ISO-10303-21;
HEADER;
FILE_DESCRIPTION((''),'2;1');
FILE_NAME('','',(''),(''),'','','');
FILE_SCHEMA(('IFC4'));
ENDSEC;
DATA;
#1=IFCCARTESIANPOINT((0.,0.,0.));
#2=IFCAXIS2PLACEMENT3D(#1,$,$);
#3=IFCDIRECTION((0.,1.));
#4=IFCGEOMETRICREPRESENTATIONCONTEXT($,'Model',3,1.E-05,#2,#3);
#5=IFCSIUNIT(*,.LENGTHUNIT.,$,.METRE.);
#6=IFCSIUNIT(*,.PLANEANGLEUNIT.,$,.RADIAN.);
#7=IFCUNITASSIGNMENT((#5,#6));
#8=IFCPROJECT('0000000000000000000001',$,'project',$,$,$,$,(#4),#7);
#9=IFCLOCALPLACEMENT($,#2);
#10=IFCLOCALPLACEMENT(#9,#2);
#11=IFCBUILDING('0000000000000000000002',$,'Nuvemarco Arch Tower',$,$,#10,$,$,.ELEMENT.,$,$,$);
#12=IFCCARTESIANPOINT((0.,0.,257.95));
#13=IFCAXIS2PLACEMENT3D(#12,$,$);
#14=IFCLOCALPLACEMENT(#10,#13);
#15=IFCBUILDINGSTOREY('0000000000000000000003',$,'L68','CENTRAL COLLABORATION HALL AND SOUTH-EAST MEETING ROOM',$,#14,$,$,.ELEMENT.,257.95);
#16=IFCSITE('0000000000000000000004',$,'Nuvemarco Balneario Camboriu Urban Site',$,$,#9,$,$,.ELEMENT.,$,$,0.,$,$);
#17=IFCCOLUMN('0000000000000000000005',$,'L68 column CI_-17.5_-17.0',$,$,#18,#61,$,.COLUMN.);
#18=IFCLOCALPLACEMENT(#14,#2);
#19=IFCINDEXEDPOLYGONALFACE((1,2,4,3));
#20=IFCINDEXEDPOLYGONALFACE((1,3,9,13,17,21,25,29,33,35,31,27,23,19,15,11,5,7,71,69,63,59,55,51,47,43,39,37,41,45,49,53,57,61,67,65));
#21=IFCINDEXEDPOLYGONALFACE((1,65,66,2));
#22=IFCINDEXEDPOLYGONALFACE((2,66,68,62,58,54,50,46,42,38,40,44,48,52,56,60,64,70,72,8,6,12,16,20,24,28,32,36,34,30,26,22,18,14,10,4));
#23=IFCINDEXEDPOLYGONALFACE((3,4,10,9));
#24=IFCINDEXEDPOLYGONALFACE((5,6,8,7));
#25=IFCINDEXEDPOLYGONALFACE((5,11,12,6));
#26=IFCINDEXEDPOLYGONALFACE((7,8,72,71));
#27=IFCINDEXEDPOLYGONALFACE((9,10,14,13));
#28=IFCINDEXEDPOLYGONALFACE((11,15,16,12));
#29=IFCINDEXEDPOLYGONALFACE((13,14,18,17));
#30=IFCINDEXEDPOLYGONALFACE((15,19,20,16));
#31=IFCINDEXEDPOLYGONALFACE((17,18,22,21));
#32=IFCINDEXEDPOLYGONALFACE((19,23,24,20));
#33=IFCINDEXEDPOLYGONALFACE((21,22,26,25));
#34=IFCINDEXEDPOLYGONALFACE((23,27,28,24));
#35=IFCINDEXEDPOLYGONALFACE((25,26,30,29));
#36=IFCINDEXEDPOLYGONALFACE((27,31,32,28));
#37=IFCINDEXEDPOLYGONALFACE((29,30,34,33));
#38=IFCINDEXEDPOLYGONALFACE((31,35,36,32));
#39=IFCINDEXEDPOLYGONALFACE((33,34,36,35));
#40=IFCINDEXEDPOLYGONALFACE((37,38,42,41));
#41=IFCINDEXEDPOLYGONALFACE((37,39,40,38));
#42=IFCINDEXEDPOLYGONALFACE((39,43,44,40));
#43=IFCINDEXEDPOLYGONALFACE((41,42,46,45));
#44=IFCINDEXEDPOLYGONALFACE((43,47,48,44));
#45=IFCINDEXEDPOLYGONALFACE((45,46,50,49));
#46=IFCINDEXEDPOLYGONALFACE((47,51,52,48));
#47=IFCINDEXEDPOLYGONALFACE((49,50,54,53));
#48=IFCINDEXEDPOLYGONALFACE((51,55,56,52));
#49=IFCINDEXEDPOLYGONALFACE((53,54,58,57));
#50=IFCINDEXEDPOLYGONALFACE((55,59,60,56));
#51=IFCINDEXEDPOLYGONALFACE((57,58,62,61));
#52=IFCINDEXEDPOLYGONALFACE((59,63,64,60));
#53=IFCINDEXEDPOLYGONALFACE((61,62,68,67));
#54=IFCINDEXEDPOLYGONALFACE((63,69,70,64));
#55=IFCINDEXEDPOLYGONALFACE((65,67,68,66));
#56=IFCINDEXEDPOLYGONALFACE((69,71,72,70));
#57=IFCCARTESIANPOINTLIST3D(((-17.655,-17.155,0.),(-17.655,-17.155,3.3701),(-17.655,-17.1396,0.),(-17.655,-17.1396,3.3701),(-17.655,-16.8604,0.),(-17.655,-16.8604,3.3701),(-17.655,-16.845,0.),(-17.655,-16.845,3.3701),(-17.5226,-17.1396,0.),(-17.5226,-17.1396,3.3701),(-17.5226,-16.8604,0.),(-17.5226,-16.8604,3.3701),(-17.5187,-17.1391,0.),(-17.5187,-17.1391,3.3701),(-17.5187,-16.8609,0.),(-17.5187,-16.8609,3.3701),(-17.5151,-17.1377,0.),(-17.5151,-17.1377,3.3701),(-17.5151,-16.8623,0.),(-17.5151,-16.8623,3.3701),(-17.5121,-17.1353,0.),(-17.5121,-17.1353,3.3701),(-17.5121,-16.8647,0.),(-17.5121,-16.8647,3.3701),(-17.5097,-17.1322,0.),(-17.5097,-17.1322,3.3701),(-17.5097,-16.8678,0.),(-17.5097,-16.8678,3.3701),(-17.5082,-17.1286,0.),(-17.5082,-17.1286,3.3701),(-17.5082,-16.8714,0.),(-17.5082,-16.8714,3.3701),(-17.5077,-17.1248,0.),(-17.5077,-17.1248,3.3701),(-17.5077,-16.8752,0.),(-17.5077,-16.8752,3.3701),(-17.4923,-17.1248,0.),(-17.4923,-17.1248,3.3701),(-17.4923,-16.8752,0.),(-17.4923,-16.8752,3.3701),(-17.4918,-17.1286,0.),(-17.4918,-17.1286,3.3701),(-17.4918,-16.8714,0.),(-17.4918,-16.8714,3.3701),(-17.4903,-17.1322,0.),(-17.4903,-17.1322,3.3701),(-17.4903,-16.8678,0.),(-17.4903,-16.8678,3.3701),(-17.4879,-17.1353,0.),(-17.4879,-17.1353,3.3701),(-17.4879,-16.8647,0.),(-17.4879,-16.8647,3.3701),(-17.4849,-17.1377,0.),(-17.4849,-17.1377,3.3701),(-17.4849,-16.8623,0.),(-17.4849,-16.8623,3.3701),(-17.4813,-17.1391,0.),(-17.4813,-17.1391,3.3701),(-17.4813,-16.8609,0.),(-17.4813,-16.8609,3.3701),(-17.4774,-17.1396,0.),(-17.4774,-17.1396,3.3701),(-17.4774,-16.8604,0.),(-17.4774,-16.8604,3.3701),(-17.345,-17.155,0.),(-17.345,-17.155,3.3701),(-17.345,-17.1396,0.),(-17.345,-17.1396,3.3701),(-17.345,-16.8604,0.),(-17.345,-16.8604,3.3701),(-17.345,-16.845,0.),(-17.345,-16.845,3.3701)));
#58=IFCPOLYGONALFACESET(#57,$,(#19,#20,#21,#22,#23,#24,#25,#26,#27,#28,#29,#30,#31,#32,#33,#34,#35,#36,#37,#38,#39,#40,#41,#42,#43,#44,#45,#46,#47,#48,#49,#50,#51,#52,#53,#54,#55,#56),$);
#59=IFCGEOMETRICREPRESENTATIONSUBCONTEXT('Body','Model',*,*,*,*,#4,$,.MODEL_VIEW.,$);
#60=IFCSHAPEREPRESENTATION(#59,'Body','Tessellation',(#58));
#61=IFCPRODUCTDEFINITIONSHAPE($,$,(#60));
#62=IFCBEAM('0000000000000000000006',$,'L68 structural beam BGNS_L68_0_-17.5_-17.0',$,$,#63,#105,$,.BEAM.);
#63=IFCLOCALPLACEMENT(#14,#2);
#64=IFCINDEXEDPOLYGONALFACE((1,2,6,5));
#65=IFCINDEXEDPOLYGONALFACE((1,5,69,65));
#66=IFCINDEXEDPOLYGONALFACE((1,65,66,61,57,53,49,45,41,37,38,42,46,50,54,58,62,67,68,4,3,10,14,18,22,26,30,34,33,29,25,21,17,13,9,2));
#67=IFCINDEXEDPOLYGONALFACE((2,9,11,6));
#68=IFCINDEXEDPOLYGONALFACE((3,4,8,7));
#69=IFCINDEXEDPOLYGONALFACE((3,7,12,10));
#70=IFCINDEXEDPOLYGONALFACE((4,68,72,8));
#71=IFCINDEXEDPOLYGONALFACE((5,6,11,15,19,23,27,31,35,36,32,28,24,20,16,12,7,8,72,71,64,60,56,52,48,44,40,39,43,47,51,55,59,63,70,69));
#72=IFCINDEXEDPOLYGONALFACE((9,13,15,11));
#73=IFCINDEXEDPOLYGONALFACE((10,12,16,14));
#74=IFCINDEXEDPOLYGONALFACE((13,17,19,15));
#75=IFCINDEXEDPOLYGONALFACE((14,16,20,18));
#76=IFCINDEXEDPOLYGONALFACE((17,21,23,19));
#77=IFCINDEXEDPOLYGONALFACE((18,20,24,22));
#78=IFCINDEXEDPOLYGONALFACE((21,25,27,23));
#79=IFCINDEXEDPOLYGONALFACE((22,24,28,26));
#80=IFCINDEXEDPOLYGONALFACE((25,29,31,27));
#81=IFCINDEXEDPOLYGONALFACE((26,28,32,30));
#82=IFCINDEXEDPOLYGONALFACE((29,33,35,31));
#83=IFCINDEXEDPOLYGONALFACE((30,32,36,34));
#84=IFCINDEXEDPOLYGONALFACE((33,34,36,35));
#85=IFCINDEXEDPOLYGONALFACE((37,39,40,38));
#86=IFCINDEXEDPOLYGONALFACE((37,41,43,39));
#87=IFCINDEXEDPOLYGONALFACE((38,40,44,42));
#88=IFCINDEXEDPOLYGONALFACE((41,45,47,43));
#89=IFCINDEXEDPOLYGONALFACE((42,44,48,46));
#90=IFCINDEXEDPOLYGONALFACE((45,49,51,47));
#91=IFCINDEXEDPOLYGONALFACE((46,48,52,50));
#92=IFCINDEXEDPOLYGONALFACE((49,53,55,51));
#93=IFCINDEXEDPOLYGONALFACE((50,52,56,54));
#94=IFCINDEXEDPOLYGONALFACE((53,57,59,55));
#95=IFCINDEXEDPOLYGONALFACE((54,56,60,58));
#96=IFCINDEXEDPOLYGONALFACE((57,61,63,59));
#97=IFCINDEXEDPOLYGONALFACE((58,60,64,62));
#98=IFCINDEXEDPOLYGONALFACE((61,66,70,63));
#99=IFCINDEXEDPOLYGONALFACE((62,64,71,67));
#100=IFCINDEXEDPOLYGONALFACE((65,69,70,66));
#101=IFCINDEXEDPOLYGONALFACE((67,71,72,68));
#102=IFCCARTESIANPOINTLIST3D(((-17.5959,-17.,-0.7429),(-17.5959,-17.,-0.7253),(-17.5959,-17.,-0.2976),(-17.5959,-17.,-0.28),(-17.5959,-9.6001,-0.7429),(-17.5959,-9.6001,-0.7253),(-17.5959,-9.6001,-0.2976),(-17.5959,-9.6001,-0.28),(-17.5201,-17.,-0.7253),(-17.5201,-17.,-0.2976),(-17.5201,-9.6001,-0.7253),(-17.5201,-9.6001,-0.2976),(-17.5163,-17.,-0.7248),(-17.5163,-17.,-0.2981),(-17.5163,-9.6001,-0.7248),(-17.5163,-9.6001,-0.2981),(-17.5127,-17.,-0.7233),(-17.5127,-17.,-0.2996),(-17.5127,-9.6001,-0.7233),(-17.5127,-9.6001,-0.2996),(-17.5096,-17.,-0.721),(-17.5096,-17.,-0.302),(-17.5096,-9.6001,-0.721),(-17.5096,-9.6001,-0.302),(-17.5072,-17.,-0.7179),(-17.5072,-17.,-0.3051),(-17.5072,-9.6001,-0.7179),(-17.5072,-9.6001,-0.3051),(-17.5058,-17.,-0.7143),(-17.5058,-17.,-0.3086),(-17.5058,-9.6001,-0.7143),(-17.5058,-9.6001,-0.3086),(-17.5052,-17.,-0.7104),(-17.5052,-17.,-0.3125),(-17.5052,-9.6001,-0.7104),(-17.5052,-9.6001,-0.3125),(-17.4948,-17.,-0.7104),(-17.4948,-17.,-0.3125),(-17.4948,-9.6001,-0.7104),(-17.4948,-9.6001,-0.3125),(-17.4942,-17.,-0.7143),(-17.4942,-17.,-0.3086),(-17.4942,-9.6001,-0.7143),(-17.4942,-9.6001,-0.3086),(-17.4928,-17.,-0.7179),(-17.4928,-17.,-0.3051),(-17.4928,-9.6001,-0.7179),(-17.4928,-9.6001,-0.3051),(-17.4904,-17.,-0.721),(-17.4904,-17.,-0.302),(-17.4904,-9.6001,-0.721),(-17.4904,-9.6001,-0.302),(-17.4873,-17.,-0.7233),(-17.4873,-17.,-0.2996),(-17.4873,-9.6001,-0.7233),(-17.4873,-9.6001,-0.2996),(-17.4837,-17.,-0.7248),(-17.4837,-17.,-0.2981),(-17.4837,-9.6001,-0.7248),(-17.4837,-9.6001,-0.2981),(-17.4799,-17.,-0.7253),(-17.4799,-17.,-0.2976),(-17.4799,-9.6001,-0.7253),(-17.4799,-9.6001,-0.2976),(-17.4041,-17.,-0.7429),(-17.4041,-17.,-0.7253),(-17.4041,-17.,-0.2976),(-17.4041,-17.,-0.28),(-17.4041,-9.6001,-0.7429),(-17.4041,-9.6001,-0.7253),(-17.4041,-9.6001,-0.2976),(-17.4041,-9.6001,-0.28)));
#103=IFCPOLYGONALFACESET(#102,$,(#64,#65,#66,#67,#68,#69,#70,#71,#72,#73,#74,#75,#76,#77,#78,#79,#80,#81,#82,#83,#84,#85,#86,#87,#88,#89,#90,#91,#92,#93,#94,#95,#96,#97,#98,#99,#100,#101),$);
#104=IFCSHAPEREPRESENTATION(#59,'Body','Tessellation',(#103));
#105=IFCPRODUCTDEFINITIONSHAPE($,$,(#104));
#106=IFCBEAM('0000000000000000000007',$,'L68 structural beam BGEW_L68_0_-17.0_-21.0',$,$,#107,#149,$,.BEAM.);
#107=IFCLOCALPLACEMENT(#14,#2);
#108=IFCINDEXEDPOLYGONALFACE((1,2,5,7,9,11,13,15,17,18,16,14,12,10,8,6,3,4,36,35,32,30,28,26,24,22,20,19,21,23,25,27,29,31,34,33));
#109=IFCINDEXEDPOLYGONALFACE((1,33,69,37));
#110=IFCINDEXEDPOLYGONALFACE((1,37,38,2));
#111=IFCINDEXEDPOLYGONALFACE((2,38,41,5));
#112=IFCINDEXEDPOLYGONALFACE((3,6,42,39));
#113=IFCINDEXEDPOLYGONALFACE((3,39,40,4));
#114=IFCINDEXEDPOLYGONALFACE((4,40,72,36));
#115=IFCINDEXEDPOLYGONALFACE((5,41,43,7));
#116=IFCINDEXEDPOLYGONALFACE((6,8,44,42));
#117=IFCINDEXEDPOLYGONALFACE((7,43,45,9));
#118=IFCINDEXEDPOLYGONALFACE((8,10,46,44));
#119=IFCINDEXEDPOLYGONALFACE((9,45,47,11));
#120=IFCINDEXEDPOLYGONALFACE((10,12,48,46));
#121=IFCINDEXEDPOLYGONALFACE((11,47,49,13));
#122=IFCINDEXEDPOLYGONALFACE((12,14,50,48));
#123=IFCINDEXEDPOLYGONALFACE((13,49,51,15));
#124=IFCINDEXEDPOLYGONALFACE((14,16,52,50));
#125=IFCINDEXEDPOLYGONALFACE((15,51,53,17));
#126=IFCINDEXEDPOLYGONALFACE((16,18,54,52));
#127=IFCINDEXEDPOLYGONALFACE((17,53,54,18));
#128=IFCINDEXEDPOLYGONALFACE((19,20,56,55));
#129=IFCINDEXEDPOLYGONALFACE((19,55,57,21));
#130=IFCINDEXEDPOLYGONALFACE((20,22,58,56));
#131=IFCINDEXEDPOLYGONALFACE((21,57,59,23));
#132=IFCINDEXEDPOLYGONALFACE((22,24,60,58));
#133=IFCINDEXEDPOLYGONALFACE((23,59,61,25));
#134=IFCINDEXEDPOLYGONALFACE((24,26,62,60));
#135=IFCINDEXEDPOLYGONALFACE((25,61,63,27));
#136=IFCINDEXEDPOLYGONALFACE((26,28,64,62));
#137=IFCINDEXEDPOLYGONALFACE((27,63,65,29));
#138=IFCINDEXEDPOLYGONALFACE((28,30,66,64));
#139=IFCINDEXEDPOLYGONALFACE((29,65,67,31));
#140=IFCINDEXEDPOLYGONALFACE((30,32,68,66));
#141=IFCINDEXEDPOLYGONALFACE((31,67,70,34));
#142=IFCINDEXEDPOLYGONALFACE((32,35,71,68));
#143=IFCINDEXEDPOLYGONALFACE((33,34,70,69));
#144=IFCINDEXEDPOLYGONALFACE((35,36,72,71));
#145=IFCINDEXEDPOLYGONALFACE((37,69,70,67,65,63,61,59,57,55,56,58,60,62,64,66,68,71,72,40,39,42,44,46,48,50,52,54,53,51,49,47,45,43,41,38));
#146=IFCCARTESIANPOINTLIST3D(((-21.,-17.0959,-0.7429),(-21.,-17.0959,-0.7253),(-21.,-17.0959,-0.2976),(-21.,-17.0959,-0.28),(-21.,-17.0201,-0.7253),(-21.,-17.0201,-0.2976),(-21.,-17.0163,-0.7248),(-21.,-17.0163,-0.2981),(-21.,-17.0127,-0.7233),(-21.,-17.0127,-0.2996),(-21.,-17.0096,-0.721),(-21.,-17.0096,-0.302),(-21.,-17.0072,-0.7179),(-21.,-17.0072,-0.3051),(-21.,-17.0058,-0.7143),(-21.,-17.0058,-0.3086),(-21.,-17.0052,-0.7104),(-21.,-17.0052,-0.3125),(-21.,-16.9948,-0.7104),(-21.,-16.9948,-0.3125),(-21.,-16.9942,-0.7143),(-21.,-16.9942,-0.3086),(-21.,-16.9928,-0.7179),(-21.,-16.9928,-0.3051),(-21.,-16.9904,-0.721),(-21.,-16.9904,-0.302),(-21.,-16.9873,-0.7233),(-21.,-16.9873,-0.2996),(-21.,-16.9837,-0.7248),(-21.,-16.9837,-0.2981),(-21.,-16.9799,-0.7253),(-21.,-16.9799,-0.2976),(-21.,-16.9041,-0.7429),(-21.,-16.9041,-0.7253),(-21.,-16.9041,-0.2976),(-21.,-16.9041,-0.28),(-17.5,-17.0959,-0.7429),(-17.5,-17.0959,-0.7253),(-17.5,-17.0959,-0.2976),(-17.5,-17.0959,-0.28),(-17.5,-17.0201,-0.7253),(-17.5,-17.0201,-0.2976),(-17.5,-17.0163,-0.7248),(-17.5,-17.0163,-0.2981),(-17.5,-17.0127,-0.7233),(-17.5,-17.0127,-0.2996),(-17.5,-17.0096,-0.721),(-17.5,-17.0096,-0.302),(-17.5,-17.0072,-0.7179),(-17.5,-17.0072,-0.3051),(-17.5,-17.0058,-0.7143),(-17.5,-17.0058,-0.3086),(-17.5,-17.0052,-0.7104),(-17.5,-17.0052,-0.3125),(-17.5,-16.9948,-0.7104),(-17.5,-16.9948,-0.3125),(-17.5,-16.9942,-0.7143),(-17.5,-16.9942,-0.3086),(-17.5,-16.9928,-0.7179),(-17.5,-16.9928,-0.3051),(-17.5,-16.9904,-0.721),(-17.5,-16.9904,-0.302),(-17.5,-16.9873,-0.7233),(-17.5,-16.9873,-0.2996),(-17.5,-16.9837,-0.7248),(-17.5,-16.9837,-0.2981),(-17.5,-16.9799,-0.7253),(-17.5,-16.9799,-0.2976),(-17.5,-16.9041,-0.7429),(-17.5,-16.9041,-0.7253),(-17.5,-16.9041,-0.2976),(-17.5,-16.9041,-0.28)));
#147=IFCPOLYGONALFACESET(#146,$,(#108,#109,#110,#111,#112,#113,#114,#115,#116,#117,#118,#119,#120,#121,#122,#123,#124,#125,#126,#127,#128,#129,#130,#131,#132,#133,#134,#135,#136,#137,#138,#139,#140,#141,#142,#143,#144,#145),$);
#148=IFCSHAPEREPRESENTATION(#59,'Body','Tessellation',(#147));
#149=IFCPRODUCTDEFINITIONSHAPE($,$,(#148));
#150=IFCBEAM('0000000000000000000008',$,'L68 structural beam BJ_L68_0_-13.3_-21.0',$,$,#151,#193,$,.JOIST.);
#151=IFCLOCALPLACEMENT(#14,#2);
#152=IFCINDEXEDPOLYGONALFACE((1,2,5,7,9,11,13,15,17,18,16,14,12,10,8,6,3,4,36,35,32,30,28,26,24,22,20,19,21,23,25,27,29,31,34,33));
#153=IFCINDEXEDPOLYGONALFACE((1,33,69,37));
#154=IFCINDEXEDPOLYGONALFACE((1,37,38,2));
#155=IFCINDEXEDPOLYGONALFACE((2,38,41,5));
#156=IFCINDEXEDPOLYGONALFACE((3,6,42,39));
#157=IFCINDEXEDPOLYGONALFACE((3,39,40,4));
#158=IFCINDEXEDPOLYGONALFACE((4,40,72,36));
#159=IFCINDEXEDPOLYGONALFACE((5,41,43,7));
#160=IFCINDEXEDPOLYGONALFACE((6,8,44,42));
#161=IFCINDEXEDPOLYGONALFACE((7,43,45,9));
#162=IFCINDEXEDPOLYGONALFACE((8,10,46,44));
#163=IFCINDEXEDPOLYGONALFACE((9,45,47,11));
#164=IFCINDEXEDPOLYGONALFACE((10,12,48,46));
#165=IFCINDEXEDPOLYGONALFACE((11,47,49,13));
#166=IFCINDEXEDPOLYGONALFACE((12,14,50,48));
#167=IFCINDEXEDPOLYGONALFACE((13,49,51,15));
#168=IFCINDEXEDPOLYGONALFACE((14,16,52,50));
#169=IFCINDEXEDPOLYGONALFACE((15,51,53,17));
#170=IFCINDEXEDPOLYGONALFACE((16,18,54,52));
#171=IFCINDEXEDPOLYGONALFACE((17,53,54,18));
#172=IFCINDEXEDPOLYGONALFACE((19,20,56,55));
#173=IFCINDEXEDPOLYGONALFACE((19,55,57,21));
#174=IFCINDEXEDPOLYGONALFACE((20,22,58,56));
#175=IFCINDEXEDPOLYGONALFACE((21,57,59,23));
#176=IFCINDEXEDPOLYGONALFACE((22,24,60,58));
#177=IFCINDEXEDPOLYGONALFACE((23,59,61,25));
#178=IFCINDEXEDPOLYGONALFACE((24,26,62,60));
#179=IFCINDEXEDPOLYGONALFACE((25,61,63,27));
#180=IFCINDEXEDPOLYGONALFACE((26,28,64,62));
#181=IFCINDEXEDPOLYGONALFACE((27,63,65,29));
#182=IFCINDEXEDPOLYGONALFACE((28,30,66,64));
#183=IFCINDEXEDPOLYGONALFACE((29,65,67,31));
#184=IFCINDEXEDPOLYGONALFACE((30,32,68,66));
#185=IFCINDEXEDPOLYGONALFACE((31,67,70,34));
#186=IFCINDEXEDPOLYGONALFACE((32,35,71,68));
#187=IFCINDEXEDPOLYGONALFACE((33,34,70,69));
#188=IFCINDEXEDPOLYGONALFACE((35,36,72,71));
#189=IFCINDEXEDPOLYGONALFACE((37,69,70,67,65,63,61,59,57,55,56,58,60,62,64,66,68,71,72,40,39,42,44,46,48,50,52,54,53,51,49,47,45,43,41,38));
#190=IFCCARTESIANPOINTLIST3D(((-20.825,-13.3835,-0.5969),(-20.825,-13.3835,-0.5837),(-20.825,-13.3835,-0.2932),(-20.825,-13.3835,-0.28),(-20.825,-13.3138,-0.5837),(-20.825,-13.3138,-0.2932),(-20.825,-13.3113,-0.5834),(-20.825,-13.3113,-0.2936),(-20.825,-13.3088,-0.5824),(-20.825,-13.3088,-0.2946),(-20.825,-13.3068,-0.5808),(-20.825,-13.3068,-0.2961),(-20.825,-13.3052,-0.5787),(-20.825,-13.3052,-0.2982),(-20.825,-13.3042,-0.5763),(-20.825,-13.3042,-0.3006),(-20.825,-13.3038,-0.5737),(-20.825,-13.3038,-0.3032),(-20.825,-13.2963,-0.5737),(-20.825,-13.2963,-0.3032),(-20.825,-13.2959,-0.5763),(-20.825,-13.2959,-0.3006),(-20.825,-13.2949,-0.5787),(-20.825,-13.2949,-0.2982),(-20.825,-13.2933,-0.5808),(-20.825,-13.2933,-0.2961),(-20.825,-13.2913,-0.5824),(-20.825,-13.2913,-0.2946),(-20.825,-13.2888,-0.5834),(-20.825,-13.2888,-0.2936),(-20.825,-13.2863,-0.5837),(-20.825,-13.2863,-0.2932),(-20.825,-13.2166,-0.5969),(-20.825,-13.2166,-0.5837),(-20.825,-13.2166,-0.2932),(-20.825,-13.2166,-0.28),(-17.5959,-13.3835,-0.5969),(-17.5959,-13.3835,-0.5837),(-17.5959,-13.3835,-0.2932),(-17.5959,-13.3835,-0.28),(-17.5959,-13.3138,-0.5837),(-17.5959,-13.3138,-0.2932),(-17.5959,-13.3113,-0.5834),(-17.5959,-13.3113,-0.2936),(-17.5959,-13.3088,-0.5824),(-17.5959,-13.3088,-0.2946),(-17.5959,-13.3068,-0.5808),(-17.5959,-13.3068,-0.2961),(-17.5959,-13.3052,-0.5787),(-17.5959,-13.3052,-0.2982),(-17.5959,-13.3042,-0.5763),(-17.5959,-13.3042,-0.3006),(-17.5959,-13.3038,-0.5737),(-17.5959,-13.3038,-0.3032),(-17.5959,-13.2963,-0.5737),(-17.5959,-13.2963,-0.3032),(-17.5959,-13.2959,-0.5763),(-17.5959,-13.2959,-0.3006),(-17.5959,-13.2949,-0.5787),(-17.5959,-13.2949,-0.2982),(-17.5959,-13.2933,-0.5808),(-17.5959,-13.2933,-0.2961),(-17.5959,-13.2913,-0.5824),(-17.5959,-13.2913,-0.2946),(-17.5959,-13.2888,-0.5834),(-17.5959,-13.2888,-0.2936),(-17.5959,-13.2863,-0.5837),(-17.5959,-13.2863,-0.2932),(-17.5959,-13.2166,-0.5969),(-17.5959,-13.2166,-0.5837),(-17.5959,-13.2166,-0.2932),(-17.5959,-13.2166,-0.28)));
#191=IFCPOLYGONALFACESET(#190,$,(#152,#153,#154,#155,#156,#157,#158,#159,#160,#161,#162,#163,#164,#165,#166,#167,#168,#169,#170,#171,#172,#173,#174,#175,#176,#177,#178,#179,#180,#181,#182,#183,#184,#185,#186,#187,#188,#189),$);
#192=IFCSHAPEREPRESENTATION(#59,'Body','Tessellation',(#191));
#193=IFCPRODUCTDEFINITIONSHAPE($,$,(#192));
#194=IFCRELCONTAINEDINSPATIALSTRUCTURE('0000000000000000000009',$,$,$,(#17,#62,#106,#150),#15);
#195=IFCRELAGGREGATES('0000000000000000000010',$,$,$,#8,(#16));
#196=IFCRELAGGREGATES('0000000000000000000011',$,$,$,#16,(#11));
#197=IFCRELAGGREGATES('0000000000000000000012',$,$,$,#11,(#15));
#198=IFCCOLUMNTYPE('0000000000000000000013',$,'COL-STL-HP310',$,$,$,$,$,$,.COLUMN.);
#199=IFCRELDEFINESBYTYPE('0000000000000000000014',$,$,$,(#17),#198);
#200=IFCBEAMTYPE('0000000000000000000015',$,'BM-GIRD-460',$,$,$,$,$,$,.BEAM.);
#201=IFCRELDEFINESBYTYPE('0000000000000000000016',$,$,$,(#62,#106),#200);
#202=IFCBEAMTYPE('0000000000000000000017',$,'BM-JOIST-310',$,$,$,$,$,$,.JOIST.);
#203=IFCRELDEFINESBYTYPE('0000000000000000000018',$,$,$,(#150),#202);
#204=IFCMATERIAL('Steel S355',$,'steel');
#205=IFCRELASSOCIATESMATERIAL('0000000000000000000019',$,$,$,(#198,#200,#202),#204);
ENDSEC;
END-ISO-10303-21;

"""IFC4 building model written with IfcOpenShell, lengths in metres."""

from ifc_helpers import new_model, si_unit, direction, frame, origin, origin_2d, place, context, subcontext, project, spatial, i_section, extrude, material, material_profile, profile_set, type_object, element, save


model = new_model("IFC4")

# Units and contexts
model_context = context("Model", 3, precision=1e-05, world=origin(), true_north=direction((0.0, 1.0)))
body_context = subcontext(model_context, "Body", "Model", "MODEL_VIEW")
ifc_project = project(units=[si_unit("LENGTHUNIT", "METRE"), si_unit("PLANEANGLEUNIT", "RADIAN")], contexts=[model_context])

# Site, building, storey
site_placement = place(None, origin())
site = spatial("IfcSite", under=ifc_project, at=site_placement, Name="Nuvemarco Balneario Camboriu Urban Site", CompositionType="ELEMENT", RefElevation=0.0)
building_placement = place(site_placement, origin())
building = spatial("IfcBuilding", under=site, at=building_placement, Name="Nuvemarco Arch Tower", CompositionType="ELEMENT")
storey_placement = place(building_placement, frame((0.0, 0.0, 257.95)))
storey = spatial("IfcBuildingStorey", under=building, at=storey_placement, Name="L68", Description="CENTRAL COLLABORATION HALL AND SOUTH-EAST MEETING ROOM", CompositionType="ELEMENT", Elevation=257.95)

# Column
ifc_material_1 = material(Name="Steel S355", Category="steel")
ifc_material_profile_1 = material_profile(ifc_material_1, i_section(OverallWidth=0.3101, OverallDepth=0.3101, WebThickness=0.0154, FlangeThickness=0.0154, FilletRadius=0.0149, at=origin_2d()), Name="HP310x110")
ifc_profile_set_1 = profile_set([ifc_material_profile_1], Name="Steel S355")
column_type = type_object("IfcColumnType", Name="COL-STL-HP310", PredefinedType="COLUMN", material=ifc_profile_set_1)
column_placement = place(storey_placement, frame((-17.5, -17.0, 0.0), z_axis=(0.0, 0.0, 1.0), x_axis=(1.0, 0.0, 0.0)))
element("IfcColumn", 1, at=column_placement, inside=storey, type_object=column_type, Name="L68 column CI_-17.5_-17.0", PredefinedType="COLUMN", context=body_context, shape_type="SweptSolid", body=[
    extrude(i_section(OverallWidth=0.3101, OverallDepth=0.3101, WebThickness=0.0154, FlangeThickness=0.0154, FilletRadius=0.0149, at=origin_2d()), origin(), (0.0, 0.0, 1.0), 3.3701),
])

# Beams
ifc_material_profile_2 = material_profile(ifc_material_1, i_section(OverallWidth=0.1919, OverallDepth=0.4629, WebThickness=0.0105, FlangeThickness=0.0176, FilletRadius=0.0149, at=origin_2d()), Name="W460x89")
ifc_profile_set_2 = profile_set([ifc_material_profile_2], Name="Steel S355")
beam_type_1 = type_object("IfcBeamType", Name="BM-GIRD-460", PredefinedType="BEAM", material=ifc_profile_set_2)
beam_1_placement = place(storey_placement, frame((-17.5, -17.0, -0.5115), z_axis=(0.0, 1.0, 0.0), x_axis=(-1.0, 0.0, 0.0)))
element("IfcBeam", 2, at=beam_1_placement, inside=storey, type_object=beam_type_1, Name="L68 structural beam BGNS_L68_0_-17.5_-17.0", PredefinedType="BEAM", context=body_context, shape_type="SweptSolid", body=[
    extrude(i_section(OverallWidth=0.1919, OverallDepth=0.4629, WebThickness=0.0105, FlangeThickness=0.0176, FilletRadius=0.0149, at=origin_2d()), origin(), (0.0, 0.0, 1.0), 7.3999),
])
beam_2_placement = place(storey_placement, frame((-21.0, -17.0, -0.5115), z_axis=(1.0, 0.0, 0.0), x_axis=(0.0, 1.0, 0.0)))
element("IfcBeam", 3, at=beam_2_placement, inside=storey, type_object=beam_type_1, Name="L68 structural beam BGEW_L68_0_-17.0_-21.0", PredefinedType="BEAM", context=body_context, shape_type="SweptSolid", body=[
    extrude(i_section(OverallWidth=0.1919, OverallDepth=0.4629, WebThickness=0.0105, FlangeThickness=0.0176, FilletRadius=0.0149, at=origin_2d()), origin(), (0.0, 0.0, 1.0), 3.5),
])
ifc_material_profile_3 = material_profile(ifc_material_1, i_section(OverallWidth=0.167, OverallDepth=0.3169, WebThickness=0.0076, FlangeThickness=0.0132, FilletRadius=0.01, at=origin_2d()), Name="W310x52")
ifc_profile_set_3 = profile_set([ifc_material_profile_3], Name="Steel S355")
beam_type_2 = type_object("IfcBeamType", Name="BM-JOIST-310", PredefinedType="JOIST", material=ifc_profile_set_3)
beam_3_placement = place(storey_placement, frame((-20.825, -13.3, -0.4385), z_axis=(1.0, 0.0, 0.0), x_axis=(0.0, 1.0, 0.0)))
element("IfcBeam", 4, at=beam_3_placement, inside=storey, type_object=beam_type_2, Name="L68 structural beam BJ_L68_0_-13.3_-21.0", PredefinedType="JOIST", context=body_context, shape_type="SweptSolid", body=[
    extrude(i_section(OverallWidth=0.167, OverallDepth=0.3169, WebThickness=0.0076, FlangeThickness=0.0132, FilletRadius=0.01, at=origin_2d()), origin(), (0.0, 0.0, 1.0), 3.229),
])

save(model, "model.ifc")
